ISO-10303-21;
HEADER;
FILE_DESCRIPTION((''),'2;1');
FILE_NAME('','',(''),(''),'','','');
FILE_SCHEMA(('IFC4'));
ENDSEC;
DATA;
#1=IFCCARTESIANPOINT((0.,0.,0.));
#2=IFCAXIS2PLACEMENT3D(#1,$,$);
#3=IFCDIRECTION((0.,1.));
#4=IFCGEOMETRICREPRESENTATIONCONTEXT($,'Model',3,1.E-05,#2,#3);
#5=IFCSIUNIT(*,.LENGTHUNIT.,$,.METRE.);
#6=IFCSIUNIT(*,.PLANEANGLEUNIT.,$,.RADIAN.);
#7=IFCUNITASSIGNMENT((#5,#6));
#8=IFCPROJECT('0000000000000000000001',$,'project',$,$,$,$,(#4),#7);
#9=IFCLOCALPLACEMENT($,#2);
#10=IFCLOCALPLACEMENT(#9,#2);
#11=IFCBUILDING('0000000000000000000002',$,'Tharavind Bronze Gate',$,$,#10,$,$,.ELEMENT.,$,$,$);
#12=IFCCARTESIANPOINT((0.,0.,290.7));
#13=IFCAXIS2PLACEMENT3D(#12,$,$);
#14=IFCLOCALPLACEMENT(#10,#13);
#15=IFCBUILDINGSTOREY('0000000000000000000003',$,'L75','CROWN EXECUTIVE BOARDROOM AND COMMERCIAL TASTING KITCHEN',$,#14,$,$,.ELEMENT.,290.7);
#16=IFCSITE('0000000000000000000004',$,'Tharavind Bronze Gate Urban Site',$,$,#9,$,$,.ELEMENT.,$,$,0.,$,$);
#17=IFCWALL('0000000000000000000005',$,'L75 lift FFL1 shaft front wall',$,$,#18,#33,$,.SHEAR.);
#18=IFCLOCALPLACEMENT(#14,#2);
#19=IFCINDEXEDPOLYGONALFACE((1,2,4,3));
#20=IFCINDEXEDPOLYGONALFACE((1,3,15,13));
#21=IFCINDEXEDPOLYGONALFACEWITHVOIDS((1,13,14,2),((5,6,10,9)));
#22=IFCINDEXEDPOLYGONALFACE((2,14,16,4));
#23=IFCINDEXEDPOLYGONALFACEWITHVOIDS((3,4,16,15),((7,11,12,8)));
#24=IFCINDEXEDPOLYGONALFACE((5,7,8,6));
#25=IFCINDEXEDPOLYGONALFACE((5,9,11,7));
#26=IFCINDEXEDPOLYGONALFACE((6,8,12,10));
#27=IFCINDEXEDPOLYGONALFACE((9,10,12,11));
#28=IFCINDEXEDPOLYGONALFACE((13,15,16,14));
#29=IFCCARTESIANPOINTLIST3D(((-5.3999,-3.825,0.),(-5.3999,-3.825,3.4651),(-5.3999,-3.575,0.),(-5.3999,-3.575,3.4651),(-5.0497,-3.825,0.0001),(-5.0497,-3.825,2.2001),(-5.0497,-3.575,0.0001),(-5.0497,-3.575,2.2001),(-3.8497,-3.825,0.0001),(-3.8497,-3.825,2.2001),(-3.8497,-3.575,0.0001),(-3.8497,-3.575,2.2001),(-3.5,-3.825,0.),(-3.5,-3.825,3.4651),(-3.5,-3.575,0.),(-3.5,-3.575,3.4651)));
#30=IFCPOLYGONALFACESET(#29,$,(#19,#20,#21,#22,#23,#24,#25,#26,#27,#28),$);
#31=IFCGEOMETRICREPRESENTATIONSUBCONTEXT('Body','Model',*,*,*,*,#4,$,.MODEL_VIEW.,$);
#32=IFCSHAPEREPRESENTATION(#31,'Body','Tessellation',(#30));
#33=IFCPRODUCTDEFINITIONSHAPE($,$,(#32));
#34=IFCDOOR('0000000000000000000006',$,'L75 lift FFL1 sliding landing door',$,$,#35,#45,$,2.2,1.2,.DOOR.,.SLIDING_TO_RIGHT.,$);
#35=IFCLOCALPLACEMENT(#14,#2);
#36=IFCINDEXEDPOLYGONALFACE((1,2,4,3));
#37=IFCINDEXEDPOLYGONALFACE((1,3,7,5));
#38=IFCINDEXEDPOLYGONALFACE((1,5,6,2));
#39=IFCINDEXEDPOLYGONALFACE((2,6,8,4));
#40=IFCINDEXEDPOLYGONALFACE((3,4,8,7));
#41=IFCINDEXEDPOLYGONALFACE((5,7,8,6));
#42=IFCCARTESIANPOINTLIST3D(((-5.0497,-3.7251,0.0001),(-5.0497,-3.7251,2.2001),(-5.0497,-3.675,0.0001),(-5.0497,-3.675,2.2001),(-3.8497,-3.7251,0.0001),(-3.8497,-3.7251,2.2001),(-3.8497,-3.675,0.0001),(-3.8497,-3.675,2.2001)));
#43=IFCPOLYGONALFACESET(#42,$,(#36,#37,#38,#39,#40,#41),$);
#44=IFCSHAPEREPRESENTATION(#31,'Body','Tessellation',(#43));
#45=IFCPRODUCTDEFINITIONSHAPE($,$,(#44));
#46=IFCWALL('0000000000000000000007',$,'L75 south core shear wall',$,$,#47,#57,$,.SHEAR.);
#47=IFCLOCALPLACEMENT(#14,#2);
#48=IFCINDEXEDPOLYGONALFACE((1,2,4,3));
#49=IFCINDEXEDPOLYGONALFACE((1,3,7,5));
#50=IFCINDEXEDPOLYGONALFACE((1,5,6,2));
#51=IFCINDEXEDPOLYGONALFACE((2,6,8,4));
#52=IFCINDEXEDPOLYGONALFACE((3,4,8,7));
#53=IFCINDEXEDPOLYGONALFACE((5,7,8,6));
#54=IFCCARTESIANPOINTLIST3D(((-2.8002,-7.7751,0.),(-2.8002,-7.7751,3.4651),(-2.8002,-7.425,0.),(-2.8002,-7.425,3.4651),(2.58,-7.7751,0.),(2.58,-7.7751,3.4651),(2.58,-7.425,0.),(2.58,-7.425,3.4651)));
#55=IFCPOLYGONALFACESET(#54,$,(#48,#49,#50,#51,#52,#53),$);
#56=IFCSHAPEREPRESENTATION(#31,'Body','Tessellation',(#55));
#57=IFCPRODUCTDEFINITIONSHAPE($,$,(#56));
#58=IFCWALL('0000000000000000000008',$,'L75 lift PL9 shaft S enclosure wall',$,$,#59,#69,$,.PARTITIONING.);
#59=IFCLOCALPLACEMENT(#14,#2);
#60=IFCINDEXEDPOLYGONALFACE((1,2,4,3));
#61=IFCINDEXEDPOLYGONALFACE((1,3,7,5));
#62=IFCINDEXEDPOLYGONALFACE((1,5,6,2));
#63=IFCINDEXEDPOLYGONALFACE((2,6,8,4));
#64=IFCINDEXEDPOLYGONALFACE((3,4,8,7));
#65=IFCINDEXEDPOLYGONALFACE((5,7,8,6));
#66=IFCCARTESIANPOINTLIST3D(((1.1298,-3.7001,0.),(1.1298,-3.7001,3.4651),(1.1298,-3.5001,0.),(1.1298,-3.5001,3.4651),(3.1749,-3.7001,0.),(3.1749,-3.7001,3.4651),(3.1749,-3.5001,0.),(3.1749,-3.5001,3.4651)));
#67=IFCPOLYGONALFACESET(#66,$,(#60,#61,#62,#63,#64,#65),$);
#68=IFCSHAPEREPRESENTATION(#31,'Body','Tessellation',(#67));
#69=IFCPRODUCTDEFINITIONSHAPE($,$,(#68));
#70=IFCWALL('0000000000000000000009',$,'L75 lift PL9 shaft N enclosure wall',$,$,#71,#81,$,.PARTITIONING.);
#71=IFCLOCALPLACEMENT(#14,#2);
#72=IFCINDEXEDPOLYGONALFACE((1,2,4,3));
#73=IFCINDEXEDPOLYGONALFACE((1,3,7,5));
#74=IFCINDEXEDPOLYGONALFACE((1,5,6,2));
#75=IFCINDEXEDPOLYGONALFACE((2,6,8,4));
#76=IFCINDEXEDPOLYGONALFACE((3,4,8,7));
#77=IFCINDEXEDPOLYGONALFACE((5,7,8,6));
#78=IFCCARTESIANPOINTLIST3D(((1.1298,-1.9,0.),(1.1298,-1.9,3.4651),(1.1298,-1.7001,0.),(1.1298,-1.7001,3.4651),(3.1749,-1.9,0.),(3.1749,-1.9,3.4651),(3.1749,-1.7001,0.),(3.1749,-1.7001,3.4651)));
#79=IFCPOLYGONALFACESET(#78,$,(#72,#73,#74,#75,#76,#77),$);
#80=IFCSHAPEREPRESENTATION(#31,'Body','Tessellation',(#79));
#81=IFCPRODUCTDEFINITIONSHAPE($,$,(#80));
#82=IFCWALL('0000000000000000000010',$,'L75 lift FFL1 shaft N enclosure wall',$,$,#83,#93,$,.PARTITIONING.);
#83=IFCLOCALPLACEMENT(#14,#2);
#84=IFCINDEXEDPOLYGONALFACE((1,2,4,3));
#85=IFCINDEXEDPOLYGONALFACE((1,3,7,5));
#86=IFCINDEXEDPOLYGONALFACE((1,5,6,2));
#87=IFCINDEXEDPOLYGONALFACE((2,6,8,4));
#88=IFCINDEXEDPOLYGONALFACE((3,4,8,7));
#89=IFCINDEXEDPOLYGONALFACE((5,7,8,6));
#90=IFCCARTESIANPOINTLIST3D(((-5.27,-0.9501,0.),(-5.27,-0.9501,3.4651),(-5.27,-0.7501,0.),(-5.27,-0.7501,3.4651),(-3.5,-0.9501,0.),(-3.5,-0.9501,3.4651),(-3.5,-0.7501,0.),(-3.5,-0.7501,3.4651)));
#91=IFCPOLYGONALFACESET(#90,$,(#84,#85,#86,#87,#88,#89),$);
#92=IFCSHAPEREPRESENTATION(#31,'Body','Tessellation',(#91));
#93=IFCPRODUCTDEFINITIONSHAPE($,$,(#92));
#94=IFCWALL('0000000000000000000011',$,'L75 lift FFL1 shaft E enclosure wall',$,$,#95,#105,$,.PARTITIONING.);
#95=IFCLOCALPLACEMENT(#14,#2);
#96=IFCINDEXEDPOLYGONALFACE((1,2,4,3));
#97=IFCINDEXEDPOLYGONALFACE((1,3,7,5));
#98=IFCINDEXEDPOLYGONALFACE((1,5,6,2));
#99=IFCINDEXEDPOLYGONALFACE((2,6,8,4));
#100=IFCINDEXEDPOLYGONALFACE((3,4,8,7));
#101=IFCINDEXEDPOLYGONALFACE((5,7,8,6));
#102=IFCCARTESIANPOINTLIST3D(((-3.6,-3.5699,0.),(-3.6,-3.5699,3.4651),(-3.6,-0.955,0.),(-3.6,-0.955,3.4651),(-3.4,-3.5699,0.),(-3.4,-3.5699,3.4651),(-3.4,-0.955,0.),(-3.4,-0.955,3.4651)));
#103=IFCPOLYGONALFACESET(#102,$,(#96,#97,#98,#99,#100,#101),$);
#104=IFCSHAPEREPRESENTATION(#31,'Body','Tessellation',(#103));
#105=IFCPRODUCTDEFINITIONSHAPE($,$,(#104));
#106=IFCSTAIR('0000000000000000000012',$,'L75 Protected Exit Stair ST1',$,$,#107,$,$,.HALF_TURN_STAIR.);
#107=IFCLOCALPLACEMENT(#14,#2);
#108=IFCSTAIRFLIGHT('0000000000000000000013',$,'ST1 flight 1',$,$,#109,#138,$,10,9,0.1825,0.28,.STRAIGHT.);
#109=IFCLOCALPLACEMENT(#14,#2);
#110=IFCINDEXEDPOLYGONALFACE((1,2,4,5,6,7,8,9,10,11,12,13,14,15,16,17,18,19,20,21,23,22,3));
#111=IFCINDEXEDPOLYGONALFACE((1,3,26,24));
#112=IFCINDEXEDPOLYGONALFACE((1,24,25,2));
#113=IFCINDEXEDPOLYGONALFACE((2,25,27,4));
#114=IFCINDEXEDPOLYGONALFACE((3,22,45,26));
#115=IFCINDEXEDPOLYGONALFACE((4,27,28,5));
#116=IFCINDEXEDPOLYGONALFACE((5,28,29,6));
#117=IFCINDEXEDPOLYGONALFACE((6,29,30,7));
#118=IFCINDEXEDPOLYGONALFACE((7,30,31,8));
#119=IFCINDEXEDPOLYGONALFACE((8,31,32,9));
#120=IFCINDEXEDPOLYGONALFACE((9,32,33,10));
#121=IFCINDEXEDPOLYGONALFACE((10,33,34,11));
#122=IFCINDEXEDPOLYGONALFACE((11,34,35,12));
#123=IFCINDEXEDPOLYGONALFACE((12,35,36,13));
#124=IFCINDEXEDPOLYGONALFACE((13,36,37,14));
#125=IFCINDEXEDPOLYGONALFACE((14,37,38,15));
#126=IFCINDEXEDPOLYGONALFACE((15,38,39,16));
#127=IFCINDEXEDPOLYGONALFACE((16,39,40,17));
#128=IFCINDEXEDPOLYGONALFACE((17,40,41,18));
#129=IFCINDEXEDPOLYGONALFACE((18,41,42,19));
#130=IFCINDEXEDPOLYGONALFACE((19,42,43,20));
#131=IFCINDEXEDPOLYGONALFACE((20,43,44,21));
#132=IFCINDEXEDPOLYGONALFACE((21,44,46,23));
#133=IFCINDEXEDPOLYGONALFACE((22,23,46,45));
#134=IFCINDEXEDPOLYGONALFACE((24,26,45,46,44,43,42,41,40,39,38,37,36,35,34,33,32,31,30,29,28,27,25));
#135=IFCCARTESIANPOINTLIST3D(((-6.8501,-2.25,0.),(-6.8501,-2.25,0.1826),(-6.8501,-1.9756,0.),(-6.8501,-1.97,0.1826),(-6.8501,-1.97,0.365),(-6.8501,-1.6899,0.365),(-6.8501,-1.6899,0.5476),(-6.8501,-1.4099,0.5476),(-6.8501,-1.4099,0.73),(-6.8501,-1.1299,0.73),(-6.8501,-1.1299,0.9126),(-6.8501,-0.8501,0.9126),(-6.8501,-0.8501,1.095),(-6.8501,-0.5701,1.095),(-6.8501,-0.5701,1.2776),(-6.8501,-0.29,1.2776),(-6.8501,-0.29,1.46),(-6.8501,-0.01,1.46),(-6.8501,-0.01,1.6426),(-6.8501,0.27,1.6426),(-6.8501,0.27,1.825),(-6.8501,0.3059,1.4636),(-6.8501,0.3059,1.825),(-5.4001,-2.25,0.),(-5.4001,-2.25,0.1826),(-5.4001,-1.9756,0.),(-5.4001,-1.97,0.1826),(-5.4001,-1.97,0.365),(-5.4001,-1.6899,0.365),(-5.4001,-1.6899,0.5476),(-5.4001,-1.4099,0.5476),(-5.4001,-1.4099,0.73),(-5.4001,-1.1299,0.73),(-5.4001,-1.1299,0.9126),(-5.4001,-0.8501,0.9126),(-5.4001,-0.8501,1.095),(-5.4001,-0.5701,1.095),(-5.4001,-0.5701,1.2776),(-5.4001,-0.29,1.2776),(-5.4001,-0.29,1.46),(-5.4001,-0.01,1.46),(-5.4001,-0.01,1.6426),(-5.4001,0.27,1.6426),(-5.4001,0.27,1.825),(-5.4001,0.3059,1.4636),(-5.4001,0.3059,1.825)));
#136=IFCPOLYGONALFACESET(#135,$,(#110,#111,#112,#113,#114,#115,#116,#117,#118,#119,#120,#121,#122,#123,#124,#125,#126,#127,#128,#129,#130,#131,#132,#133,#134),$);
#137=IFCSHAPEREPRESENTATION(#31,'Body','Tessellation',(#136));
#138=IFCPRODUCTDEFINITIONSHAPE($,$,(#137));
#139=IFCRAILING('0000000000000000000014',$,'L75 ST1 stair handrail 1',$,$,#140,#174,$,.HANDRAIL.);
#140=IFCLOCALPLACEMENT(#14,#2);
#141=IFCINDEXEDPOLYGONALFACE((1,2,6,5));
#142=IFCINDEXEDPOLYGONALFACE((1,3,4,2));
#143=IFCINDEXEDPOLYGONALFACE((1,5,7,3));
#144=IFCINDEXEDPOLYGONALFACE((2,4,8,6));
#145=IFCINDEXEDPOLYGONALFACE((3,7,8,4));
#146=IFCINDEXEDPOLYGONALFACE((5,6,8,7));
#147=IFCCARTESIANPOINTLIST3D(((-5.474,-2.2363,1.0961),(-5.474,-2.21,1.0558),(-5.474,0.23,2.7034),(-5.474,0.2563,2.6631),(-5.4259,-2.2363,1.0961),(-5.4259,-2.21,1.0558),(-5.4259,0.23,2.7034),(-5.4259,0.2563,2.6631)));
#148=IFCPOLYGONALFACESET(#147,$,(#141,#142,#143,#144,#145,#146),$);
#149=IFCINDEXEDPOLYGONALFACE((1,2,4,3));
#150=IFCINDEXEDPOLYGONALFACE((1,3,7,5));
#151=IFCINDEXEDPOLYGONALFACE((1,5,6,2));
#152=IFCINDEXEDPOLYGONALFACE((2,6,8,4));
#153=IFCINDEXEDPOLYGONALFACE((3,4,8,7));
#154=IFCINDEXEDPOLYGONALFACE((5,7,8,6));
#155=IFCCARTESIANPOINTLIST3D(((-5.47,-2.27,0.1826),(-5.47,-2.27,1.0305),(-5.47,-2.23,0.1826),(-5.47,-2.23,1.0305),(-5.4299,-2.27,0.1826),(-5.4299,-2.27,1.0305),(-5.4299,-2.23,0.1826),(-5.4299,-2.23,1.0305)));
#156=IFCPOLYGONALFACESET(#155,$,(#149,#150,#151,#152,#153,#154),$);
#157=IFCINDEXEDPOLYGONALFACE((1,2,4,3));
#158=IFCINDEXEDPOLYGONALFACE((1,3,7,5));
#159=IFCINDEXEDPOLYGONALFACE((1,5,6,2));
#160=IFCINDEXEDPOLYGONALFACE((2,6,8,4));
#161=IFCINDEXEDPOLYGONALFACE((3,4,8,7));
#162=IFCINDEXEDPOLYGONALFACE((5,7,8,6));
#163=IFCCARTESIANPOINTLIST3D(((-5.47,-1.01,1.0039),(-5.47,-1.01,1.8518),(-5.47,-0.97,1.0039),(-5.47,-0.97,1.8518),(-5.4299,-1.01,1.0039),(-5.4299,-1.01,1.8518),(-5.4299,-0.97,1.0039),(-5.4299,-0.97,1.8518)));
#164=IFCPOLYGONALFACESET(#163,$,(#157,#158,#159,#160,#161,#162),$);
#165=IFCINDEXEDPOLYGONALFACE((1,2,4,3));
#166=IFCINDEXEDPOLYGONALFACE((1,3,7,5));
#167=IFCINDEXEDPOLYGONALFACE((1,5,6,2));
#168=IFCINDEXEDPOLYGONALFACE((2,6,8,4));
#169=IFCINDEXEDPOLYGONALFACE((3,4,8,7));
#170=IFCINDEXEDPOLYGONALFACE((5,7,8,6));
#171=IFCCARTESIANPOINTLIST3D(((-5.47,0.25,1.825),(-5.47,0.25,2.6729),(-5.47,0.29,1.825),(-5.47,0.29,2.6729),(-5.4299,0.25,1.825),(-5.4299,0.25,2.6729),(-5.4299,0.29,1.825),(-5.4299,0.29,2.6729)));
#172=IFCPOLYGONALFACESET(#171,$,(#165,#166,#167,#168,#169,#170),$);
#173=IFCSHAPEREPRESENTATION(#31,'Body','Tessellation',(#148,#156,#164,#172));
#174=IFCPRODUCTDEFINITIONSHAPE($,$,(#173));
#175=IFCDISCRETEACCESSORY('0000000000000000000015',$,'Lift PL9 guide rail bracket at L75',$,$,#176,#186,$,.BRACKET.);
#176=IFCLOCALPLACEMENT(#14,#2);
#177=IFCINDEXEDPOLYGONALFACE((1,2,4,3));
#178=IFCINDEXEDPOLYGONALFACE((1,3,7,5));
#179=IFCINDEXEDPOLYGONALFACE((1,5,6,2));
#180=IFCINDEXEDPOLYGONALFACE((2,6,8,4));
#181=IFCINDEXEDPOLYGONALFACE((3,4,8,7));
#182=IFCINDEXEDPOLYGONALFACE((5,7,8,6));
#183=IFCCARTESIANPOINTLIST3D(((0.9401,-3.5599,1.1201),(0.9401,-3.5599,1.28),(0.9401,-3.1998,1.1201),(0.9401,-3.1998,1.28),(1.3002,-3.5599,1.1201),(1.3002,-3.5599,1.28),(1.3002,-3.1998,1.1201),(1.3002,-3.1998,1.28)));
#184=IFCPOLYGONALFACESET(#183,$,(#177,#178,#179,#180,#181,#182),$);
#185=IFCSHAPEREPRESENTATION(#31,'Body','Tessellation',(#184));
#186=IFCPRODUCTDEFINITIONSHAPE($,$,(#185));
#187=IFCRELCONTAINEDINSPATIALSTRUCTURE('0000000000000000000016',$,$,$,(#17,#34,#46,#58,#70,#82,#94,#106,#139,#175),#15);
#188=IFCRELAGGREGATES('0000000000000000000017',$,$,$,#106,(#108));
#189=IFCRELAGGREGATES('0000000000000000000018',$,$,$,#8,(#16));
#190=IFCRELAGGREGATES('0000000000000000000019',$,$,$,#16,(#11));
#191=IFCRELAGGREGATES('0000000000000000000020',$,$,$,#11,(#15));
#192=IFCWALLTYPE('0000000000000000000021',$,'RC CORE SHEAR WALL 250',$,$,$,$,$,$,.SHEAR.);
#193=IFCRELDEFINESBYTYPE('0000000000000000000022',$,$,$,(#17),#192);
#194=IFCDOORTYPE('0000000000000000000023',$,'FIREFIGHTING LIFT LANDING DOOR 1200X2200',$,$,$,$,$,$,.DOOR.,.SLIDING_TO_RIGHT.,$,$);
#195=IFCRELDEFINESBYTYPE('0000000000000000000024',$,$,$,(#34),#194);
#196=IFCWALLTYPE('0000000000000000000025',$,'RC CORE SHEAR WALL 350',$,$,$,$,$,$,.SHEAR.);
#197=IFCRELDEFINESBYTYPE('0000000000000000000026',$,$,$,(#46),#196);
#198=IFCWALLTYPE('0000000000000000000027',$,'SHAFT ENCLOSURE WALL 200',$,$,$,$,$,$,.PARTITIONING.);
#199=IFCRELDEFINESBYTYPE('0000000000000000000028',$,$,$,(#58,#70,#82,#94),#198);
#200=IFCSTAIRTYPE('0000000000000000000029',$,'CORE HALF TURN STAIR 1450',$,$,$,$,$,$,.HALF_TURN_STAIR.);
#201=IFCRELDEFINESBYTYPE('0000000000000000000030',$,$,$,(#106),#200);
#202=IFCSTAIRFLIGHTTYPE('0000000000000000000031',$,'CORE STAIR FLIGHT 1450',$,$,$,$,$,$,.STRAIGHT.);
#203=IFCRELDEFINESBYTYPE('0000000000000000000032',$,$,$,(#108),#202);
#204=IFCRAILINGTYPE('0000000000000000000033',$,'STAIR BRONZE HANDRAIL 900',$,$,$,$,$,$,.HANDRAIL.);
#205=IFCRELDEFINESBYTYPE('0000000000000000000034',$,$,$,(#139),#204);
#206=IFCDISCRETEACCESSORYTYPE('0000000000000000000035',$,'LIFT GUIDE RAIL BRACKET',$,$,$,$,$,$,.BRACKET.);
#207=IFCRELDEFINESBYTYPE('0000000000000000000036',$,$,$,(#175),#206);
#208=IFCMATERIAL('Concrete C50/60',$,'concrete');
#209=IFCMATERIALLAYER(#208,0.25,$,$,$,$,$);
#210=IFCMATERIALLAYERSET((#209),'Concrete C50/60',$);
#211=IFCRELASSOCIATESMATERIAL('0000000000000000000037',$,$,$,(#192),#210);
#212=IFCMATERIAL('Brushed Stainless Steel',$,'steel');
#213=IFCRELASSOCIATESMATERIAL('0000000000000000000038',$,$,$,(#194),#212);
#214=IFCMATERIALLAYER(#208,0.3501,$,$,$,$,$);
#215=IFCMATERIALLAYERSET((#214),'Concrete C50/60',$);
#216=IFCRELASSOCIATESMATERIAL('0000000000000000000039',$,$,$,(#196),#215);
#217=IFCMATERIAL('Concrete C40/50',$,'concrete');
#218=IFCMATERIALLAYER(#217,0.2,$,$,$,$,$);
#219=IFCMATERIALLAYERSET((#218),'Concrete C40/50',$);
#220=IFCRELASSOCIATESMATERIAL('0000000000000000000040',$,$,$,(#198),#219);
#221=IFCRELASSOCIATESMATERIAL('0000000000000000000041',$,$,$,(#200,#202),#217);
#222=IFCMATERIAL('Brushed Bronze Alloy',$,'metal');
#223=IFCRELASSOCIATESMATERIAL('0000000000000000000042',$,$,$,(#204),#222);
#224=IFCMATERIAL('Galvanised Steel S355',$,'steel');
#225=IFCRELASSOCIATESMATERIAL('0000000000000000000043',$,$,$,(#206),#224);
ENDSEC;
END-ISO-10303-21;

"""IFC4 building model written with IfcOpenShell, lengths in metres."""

from ifc_helpers import new_model, si_unit, direction, frame, frame_2d, origin, origin_2d, place, context, subcontext, project, spatial, polyline, rectangle, outline, extrude, material, layer, layer_set, type_object, element, fill, aggregate, save


model = new_model("IFC4")

# Units and contexts
model_context = context("Model", 3, precision=1e-05, world=origin(), true_north=direction((0.0, 1.0)))
body_context = subcontext(model_context, "Body", "Model", "MODEL_VIEW")
ifc_project = project(units=[si_unit("LENGTHUNIT", "METRE"), si_unit("PLANEANGLEUNIT", "RADIAN")], contexts=[model_context])

# Site, building, storey
site_placement = place(None, origin())
site = spatial("IfcSite", under=ifc_project, at=site_placement, Name="Tharavind Bronze Gate Urban Site", CompositionType="ELEMENT", RefElevation=0.0)
building_placement = place(site_placement, origin())
building = spatial("IfcBuilding", under=site, at=building_placement, Name="Tharavind Bronze Gate", CompositionType="ELEMENT")
storey_placement = place(building_placement, frame((0.0, 0.0, 290.7)))
storey = spatial("IfcBuildingStorey", under=building, at=storey_placement, Name="L75", Description="CROWN EXECUTIVE BOARDROOM AND COMMERCIAL TASTING KITCHEN", CompositionType="ELEMENT", Elevation=290.7)

# Shared definitions
ifc_material_1 = material(Name="Concrete C50/60", Category="concrete")

# Shared definitions
ifc_layer_1 = layer(ifc_material_1, 0.25)
ifc_layer_set_1 = layer_set([ifc_layer_1], Name="Concrete C50/60")
wall_type_1 = type_object("IfcWallType", Name="RC CORE SHEAR WALL 250", PredefinedType="SHEAR", material=ifc_layer_set_1)

# Wall, opening, door
wall_1_placement = place(storey_placement, frame((-5.3999, -3.7, 0.0), z_axis=(0.0, 0.0, 1.0), x_axis=(1.0, 0.0, 0.0)))
wall_1 = element("IfcWall", 1, at=wall_1_placement, inside=storey, type_object=wall_type_1, Name="L75 lift FFL1 shaft front wall", PredefinedType="SHEAR", context=body_context, shape_type="SweptSolid", body=[
    extrude(rectangle(XDim=1.8999, YDim=0.25, at=frame_2d((0.95, 0.0))), origin(), (0.0, 0.0, 1.0), 3.4651),
])
opening_1_placement = place(wall_1_placement, frame((0.3501, 0.0, 0.0)))
opening_1 = element("IfcOpeningElement", 2, at=opening_1_placement, cuts=wall_1, PredefinedType="OPENING", context=body_context, shape_type="SweptSolid", body=[
    extrude(rectangle(XDim=1.2, YDim=2.2, at=frame_2d((0.6001, 1.1001))), frame((0.0, 0.135, 0.0), z_axis=(0.0, -1.0, 0.0), x_axis=(1.0, 0.0, 0.0)), (0.0, 0.0, 1.0), 0.27),
])
ifc_material_2 = material(Name="Brushed Stainless Steel", Category="steel")
door_type_1 = type_object("IfcDoorType", Name="FIREFIGHTING LIFT LANDING DOOR 1200X2200", OperationType="SLIDING_TO_RIGHT", PredefinedType="DOOR", material=ifc_material_2)
door_1_placement = place(opening_1_placement, origin())
door_1 = element("IfcDoor", 3, at=door_1_placement, inside=storey, type_object=door_type_1, Name="L75 lift FFL1 sliding landing door", OperationType="SLIDING_TO_RIGHT", OverallHeight=2.2, OverallWidth=1.2, PredefinedType="DOOR", context=body_context, shape_type="SweptSolid", body=[
    extrude(rectangle(XDim=1.2, YDim=2.2, at=frame_2d((0.6001, 1.1001))), frame((0.0, 0.0249, 0.0), z_axis=(0.0, -1.0, 0.0), x_axis=(1.0, 0.0, 0.0)), (0.0, 0.0, 1.0), 0.05),
])
fill(opening_1, door_1)

# Walls
ifc_layer_2 = layer(ifc_material_1, 0.3501)
ifc_layer_set_2 = layer_set([ifc_layer_2], Name="Concrete C50/60")
wall_type_2 = type_object("IfcWallType", Name="RC CORE SHEAR WALL 350", PredefinedType="SHEAR", material=ifc_layer_set_2)
wall_2_placement = place(storey_placement, frame((-2.8, -7.6001, 0.0), z_axis=(0.0, 0.0, 1.0), x_axis=(1.0, 0.0, 0.0)))
element("IfcWall", 4, at=wall_2_placement, inside=storey, type_object=wall_type_2, Name="L75 south core shear wall", PredefinedType="SHEAR", context=body_context, shape_type="SweptSolid", body=[
    extrude(rectangle(XDim=5.3801, YDim=0.3501, at=frame_2d((2.6899, 0.0))), origin(), (0.0, 0.0, 1.0), 3.4651),
])
ifc_material_3 = material(Name="Concrete C40/50", Category="concrete")
ifc_layer_3 = layer(ifc_material_3, 0.2)
ifc_layer_set_3 = layer_set([ifc_layer_3], Name="Concrete C40/50")
wall_type_3 = type_object("IfcWallType", Name="SHAFT ENCLOSURE WALL 200", PredefinedType="PARTITIONING", material=ifc_layer_set_3)
for number, where, z_axis, x_axis, name in (
    (5, (1.1299, -3.6001, 0.0), (0.0, 0.0, 1.0), (1.0, 0.0, 0.0), "L75 lift PL9 shaft S enclosure wall"),
    (6, (1.1299, -1.8, 0.0), (0.0, 0.0, 1.0), (1.0, 0.0, 0.0), "L75 lift PL9 shaft N enclosure wall"),
):
    element("IfcWall", number, at=place(storey_placement, frame(where, z_axis=z_axis, x_axis=x_axis)), inside=storey, type_object=wall_type_3, Name=name, PredefinedType="PARTITIONING", context=body_context, shape_type="SweptSolid", body=[
        extrude(rectangle(XDim=2.0452, YDim=0.2, at=frame_2d((1.0225, 0.0))), origin(), (0.0, 0.0, 1.0), 3.4651),
    ])
wall_3_placement = place(storey_placement, frame((-5.27, -0.8501, 0.0), z_axis=(0.0, 0.0, 1.0), x_axis=(1.0, 0.0, 0.0)))
element("IfcWall", 7, at=wall_3_placement, inside=storey, type_object=wall_type_3, Name="L75 lift FFL1 shaft N enclosure wall", PredefinedType="PARTITIONING", context=body_context, shape_type="SweptSolid", body=[
    extrude(rectangle(XDim=1.77, YDim=0.2, at=frame_2d((0.885, 0.0))), origin(), (0.0, 0.0, 1.0), 3.4651),
])
wall_4_placement = place(storey_placement, frame((-3.5, -3.5701, 0.0), z_axis=(0.0, 0.0, 1.0), x_axis=(0.0, 1.0, 0.0)))
element("IfcWall", 8, at=wall_4_placement, inside=storey, type_object=wall_type_3, Name="L75 lift FFL1 shaft E enclosure wall", PredefinedType="PARTITIONING", context=body_context, shape_type="SweptSolid", body=[
    extrude(rectangle(XDim=2.615, YDim=0.2, at=frame_2d((1.3076, 0.0))), origin(), (0.0, 0.0, 1.0), 3.4651),
])

# Stair, stair flight
stair_type = type_object("IfcStairType", Name="CORE HALF TURN STAIR 1450", PredefinedType="HALF_TURN_STAIR", material=ifc_material_3)
stair_placement = place(storey_placement, origin())
stair = element("IfcStair", 9, at=stair_placement, inside=storey, type_object=stair_type, Name="L75 Protected Exit Stair ST1", PredefinedType="HALF_TURN_STAIR")
stair_flight_type = type_object("IfcStairFlightType", Name="CORE STAIR FLIGHT 1450", PredefinedType="STRAIGHT", material=ifc_material_3)
stair_flight_placement = place(storey_placement, frame((-6.125, -2.25, 0.0), z_axis=(0.0, 0.0, 1.0), x_axis=(0.0, 1.0, 0.0)))
stair_flight = element("IfcStairFlight", 10, at=stair_flight_placement, type_object=stair_flight_type, Name="ST1 flight 1", NumberOfRisers=10, NumberOfTreads=9, PredefinedType="STRAIGHT", RiserHeight=0.1825, TreadLength=0.28, context=body_context, shape_type="SweptSolid", body=[
    extrude(outline(polyline([(0.0, 0.0), (0.0, 0.1826), (0.28, 0.1826), (0.28, 0.365), (0.5601, 0.365), (0.5601, 0.5476), (0.8401, 0.5476), (0.8401, 0.73), (1.1201, 0.73), (1.1201, 0.9126), (1.3999, 0.9126), (1.3999, 1.095), (1.6799, 1.095), (1.6799, 1.2776), (1.96, 1.2776), (1.96, 1.46), (2.24, 1.46), (2.24, 1.6426), (2.52, 1.6426), (2.52, 1.825), (2.5559, 1.825), (2.5559, 1.4636), (0.2744, 0.0), (0.0, 0.0)])), frame((0.0, 0.7251, 0.0), z_axis=(0.0, -1.0, 0.0), x_axis=(1.0, 0.0, 0.0)), (0.0, 0.0, 1.0), 1.45),
])
aggregate(stair, [stair_flight])

# Railing
ifc_material_4 = material(Name="Brushed Bronze Alloy", Category="metal")
railing_type = type_object("IfcRailingType", Name="STAIR BRONZE HANDRAIL 900", PredefinedType="HANDRAIL", material=ifc_material_4)
railing_placement = place(storey_placement, frame((-5.45, -2.25, 0.1826)))
element("IfcRailing", 11, at=railing_placement, inside=storey, type_object=railing_type, Name="L75 ST1 stair handrail 1", PredefinedType="HANDRAIL", context=body_context, shape_type="SweptSolid", body=[
    extrude(rectangle(XDim=0.0481, YDim=0.0481, at=origin_2d()), frame((0.0, 0.0269, 0.8933), z_axis=(0.0, 0.837787, 0.545998), x_axis=(-1.0, 0.0, 0.0)), (0.0, 0.0, 1.0), 2.9438),
    extrude(rectangle(XDim=0.04, YDim=0.04, at=origin_2d()), origin(), (0.0, 0.0, 1.0), 0.8479),
    extrude(rectangle(XDim=0.04, YDim=0.04, at=origin_2d()), frame((0.0, 1.26, 0.8213)), (0.0, 0.0, 1.0), 0.8479),
    extrude(rectangle(XDim=0.04, YDim=0.04, at=origin_2d()), frame((0.0, 2.52, 1.6423)), (0.0, 0.0, 1.0), 0.8479),
])

# Discrete accessory
ifc_material_5 = material(Name="Galvanised Steel S355", Category="steel")
discrete_accessory_type = type_object("IfcDiscreteAccessoryType", Name="LIFT GUIDE RAIL BRACKET", PredefinedType="BRACKET", material=ifc_material_5)
for number, where, z_axis, x_axis, name in (
    (12, (1.1201, -3.3799, 1.1201), (0.0, 0.0, 1.0), (1.0, 0.0, 0.0), "Lift PL9 guide rail bracket at L75"),
):
    element("IfcDiscreteAccessory", number, at=place(storey_placement, frame(where, z_axis=z_axis, x_axis=x_axis)), inside=storey, type_object=discrete_accessory_type, Name=name, PredefinedType="BRACKET", context=body_context, shape_type="SweptSolid", body=[
        extrude(rectangle(XDim=0.3601, YDim=0.3601, at=origin_2d()), origin(), (0.0, 0.0, 1.0), 0.1599),
    ])

save(model, "model.ifc")
